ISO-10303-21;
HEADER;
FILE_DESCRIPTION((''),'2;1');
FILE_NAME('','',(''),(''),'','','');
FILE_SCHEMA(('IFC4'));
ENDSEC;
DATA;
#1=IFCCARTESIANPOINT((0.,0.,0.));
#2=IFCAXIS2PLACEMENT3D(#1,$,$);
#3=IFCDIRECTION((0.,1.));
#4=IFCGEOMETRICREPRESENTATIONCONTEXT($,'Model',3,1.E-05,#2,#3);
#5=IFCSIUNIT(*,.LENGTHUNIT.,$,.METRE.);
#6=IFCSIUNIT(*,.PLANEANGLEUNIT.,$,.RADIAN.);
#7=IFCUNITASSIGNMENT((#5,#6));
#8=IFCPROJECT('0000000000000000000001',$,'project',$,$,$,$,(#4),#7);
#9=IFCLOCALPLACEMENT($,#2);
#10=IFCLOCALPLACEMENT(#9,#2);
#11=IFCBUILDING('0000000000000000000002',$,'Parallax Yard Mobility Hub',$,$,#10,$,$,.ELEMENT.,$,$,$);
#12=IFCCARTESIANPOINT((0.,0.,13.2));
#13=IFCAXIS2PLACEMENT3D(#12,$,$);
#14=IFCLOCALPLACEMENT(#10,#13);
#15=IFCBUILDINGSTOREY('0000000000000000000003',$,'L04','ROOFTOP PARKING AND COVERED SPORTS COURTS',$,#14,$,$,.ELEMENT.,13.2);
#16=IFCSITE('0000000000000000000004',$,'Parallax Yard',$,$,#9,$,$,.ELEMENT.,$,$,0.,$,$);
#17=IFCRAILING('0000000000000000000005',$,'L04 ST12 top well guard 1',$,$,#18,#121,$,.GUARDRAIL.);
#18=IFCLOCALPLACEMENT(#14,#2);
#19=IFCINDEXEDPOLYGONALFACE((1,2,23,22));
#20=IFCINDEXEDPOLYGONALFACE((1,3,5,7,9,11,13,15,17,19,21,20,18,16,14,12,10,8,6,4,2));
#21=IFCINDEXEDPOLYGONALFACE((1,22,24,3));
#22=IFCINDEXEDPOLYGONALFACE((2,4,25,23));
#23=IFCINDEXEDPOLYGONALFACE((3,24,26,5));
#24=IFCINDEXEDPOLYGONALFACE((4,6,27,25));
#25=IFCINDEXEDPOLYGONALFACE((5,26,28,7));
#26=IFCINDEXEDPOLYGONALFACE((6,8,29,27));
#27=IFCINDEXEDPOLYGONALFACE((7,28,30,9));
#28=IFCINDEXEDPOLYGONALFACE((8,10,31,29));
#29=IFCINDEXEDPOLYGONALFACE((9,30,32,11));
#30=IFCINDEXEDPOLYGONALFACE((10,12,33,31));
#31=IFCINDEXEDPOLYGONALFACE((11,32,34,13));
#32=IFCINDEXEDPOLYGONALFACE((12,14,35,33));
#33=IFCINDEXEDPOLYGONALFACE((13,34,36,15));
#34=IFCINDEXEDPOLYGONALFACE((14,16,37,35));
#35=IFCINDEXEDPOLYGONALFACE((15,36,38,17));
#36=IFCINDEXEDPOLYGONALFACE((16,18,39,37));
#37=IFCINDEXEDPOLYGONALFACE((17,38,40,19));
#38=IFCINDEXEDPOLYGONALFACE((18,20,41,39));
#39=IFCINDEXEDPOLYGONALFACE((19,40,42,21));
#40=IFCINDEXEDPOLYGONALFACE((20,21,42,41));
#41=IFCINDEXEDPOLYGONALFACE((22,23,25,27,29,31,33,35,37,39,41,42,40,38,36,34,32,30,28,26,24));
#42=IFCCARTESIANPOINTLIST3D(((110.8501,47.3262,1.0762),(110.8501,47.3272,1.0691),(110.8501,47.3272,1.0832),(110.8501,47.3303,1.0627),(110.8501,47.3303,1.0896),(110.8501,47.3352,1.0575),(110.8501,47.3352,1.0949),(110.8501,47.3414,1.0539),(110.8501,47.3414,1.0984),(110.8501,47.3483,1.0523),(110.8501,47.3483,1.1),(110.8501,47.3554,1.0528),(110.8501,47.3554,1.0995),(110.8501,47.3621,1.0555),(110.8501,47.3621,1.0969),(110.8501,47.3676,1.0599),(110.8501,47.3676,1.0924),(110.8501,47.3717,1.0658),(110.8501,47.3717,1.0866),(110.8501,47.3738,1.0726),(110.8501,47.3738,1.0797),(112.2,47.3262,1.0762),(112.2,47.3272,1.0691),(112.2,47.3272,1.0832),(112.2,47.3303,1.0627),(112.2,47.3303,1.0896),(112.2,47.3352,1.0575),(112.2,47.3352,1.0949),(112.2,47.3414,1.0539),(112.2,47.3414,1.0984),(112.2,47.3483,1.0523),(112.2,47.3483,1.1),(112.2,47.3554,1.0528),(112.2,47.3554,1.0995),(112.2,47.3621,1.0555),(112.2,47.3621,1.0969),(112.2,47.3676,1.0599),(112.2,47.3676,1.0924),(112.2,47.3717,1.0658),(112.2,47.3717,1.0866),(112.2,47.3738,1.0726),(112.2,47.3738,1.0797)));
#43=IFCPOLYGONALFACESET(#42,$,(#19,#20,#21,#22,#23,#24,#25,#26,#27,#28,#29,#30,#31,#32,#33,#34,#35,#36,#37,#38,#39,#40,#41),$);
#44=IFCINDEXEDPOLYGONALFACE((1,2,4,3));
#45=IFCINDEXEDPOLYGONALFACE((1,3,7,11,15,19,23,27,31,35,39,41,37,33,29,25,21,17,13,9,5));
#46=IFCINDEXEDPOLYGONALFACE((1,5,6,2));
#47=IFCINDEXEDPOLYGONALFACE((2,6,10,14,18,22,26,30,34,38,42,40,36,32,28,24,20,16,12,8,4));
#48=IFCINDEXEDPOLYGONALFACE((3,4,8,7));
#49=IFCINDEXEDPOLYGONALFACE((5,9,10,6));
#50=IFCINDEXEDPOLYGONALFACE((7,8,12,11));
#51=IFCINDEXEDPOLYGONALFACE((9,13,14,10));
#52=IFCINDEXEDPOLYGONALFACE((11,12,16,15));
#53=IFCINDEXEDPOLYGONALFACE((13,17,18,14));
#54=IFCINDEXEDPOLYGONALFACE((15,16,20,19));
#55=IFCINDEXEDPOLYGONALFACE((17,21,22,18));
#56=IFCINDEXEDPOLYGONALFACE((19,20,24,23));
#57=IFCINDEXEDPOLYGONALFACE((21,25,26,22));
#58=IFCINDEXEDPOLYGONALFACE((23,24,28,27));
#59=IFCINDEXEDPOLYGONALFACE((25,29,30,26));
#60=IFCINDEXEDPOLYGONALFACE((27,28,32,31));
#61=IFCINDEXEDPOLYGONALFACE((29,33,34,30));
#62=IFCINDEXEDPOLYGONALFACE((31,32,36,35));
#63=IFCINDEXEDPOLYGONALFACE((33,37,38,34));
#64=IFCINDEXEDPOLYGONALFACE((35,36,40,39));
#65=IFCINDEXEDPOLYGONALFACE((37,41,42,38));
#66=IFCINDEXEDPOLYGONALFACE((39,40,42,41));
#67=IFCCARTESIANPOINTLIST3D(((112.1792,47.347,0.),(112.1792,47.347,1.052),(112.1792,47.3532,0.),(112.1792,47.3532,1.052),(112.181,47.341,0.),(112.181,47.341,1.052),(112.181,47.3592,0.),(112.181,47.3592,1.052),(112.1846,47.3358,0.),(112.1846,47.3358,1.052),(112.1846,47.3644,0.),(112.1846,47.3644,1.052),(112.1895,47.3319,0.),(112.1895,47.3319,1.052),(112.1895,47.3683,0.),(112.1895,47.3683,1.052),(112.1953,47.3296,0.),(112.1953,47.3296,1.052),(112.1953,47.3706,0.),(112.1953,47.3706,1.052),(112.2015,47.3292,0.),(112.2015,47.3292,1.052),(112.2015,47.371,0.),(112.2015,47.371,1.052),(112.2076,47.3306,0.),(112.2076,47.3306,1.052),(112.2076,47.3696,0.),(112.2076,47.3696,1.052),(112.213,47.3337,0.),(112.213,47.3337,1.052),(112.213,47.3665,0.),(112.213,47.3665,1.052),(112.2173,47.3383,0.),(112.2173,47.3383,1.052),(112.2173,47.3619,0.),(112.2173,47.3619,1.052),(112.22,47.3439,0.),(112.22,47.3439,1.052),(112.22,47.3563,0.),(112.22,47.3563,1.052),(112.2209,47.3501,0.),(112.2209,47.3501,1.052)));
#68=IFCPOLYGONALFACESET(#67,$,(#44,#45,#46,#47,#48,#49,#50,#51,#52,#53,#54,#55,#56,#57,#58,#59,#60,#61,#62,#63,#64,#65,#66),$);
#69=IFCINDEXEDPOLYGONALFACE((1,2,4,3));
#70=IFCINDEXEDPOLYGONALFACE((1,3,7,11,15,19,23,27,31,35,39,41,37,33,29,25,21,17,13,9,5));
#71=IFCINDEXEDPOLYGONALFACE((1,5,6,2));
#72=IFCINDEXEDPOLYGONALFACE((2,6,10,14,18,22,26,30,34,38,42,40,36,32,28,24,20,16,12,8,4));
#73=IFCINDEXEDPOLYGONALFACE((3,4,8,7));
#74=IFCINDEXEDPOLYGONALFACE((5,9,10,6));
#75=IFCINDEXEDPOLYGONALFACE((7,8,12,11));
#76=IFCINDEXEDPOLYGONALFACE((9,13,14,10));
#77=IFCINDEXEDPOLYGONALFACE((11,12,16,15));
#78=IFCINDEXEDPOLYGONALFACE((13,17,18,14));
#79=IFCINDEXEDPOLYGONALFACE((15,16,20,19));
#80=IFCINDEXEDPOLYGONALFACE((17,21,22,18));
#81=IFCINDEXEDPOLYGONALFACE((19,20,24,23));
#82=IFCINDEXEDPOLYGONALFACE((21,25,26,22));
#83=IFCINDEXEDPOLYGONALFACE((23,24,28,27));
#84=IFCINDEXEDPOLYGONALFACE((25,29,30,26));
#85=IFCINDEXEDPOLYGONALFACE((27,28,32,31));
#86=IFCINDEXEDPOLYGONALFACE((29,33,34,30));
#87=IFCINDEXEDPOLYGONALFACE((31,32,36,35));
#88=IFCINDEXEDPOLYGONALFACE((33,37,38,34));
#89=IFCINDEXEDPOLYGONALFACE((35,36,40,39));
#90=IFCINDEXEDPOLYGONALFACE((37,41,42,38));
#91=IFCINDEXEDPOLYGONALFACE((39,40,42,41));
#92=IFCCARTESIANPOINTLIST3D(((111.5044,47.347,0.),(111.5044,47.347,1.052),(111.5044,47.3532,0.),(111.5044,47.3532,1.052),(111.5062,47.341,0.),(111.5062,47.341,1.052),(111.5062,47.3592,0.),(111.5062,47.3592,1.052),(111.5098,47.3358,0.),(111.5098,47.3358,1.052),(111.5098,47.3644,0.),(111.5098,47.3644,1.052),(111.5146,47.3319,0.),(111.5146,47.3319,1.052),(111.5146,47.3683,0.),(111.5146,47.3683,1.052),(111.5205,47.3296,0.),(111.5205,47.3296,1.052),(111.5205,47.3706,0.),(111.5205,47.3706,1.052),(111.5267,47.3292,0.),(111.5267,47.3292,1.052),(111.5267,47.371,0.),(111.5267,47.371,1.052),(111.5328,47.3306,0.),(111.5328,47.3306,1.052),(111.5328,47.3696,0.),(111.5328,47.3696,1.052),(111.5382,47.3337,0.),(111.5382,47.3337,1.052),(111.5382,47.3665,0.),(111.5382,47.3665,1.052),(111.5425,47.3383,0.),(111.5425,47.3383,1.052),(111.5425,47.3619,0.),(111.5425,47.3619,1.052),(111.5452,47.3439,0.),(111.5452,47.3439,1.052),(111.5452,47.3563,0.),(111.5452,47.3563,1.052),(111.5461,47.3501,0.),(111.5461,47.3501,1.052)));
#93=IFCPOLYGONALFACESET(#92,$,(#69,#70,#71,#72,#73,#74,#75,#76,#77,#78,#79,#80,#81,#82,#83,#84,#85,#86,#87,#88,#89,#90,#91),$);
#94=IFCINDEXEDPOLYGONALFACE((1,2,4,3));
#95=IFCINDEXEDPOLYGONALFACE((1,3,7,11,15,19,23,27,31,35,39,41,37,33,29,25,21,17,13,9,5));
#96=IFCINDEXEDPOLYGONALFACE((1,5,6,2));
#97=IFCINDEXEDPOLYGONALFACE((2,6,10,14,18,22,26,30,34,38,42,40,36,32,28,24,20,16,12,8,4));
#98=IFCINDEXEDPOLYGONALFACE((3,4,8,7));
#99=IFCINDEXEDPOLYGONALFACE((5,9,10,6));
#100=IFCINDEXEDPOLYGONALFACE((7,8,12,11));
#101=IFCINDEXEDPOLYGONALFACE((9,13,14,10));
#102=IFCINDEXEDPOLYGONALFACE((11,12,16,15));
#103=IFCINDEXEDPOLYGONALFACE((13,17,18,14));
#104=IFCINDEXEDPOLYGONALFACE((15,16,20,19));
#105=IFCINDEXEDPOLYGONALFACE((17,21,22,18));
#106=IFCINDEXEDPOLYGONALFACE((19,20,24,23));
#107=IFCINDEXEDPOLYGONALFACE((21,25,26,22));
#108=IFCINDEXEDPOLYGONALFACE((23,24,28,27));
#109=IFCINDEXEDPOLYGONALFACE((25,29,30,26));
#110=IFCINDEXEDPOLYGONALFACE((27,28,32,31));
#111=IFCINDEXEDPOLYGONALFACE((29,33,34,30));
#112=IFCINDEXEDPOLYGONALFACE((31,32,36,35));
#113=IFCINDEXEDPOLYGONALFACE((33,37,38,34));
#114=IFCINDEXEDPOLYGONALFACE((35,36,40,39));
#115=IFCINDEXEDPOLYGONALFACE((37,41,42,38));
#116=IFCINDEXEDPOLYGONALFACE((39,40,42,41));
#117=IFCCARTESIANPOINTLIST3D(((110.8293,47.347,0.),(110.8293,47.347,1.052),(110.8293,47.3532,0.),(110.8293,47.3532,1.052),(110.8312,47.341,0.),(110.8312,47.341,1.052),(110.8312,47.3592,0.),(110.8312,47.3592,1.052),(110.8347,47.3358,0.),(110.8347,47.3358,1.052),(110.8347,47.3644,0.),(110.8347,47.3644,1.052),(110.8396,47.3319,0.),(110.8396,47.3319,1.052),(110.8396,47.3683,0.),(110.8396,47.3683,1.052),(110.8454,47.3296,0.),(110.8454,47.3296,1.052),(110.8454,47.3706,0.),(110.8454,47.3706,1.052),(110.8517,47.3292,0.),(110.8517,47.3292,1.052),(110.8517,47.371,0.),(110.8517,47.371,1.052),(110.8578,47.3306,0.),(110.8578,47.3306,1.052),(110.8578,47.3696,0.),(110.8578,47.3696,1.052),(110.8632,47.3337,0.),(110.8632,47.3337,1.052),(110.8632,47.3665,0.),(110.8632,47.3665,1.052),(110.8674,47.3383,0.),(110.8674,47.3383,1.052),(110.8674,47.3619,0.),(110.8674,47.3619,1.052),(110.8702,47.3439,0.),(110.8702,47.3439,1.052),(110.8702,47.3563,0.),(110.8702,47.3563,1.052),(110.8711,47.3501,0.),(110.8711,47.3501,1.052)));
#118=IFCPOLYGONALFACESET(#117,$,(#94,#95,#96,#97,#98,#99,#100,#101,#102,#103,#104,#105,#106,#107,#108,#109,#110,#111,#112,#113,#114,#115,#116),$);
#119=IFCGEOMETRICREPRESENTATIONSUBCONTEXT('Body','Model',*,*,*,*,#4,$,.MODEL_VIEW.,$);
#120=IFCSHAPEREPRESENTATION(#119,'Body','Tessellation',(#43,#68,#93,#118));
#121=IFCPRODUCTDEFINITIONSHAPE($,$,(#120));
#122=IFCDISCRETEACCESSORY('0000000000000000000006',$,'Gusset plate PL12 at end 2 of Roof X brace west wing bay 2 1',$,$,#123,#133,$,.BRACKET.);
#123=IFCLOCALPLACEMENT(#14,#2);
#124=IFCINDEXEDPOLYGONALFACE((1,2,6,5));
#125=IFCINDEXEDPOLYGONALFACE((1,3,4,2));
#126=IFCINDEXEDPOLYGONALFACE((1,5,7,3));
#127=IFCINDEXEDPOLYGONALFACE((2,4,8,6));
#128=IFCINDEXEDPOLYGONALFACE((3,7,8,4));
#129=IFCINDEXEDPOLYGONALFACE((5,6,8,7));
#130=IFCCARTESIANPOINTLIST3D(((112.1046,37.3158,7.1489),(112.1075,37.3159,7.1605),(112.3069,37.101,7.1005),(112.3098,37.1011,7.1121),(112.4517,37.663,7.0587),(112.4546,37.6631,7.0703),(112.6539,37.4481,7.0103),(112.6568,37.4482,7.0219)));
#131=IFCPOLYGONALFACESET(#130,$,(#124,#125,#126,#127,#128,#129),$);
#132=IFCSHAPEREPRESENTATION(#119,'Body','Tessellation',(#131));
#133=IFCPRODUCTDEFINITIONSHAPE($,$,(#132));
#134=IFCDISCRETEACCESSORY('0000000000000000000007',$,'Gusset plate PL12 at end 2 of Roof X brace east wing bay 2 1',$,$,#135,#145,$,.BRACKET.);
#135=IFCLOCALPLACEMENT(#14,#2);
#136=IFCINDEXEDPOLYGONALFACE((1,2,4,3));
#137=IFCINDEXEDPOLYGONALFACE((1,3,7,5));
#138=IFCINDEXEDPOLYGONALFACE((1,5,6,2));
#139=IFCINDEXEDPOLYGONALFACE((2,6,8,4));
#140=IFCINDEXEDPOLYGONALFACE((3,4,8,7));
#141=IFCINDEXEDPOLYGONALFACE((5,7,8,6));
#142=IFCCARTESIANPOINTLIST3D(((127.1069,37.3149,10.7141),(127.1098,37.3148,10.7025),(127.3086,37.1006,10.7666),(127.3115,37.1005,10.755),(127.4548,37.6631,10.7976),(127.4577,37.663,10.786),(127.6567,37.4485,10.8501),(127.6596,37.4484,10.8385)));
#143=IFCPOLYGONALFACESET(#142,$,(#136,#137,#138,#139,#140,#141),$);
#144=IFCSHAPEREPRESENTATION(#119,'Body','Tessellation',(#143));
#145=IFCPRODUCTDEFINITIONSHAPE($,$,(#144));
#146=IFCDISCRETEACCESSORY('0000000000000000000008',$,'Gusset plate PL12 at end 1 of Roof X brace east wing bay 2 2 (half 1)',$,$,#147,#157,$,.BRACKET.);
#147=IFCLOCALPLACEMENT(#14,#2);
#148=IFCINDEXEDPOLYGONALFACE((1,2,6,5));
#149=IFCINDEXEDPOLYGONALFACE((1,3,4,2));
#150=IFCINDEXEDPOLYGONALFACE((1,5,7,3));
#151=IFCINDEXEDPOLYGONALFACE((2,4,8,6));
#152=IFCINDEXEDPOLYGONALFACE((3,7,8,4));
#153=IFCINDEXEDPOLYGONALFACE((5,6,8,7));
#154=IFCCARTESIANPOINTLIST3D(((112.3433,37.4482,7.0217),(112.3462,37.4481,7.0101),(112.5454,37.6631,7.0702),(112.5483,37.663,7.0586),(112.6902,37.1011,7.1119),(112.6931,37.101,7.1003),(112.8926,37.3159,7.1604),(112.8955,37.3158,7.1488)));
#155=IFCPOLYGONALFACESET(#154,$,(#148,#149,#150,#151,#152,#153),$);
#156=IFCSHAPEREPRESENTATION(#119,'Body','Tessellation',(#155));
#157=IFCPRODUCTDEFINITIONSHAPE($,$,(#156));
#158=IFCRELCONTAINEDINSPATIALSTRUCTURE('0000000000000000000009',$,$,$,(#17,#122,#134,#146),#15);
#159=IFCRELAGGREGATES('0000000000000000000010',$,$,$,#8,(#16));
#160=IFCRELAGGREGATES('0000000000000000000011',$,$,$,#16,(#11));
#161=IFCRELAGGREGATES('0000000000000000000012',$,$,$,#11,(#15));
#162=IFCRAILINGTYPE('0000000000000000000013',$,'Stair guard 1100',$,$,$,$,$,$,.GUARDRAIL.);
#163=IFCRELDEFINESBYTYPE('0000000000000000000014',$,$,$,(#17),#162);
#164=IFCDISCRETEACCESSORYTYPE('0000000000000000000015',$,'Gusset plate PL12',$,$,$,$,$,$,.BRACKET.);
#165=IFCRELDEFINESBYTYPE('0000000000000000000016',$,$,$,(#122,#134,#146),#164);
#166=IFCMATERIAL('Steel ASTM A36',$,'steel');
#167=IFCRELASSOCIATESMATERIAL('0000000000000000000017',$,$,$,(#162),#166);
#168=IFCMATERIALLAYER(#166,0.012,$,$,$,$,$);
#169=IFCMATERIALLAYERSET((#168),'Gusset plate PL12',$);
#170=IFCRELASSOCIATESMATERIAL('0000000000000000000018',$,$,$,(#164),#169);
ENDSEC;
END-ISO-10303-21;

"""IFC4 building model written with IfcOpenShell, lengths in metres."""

from ifc_helpers import new_model, si_unit, direction, frame, origin, origin_2d, place, context, subcontext, project, spatial, polyline, circle, outline, extrude, material, layer, layer_set, type_object, element, save


model = new_model("IFC4")

# Units and contexts
model_context = context("Model", 3, precision=1e-05, world=origin(), true_north=direction((0.0, 1.0)))
body_context = subcontext(model_context, "Body", "Model", "MODEL_VIEW")
ifc_project = project(units=[si_unit("LENGTHUNIT", "METRE"), si_unit("PLANEANGLEUNIT", "RADIAN")], contexts=[model_context])

# Site, building, storey
site_placement = place(None, origin())
site = spatial("IfcSite", under=ifc_project, at=site_placement, Name="Parallax Yard", CompositionType="ELEMENT", RefElevation=0.0)
building_placement = place(site_placement, origin())
building = spatial("IfcBuilding", under=site, at=building_placement, Name="Parallax Yard Mobility Hub", CompositionType="ELEMENT")
storey_placement = place(building_placement, frame((0.0, 0.0, 13.2)))
storey = spatial("IfcBuildingStorey", under=building, at=storey_placement, Name="L04", Description="ROOFTOP PARKING AND COVERED SPORTS COURTS", CompositionType="ELEMENT", Elevation=13.2)

# Railing
ifc_material_1 = material(Name="Steel ASTM A36", Category="steel")
railing_type_1 = type_object("IfcRailingType", Name="Stair guard 1100", PredefinedType="GUARDRAIL", material=ifc_material_1)
railing_1_placement = place(storey_placement, frame((112.2, 47.3501, 0.0)))
element("IfcRailing", 1, at=railing_1_placement, inside=storey, type_object=railing_type_1, Name="L04 ST12 top well guard 1", PredefinedType="GUARDRAIL", context=body_context, shape_type="SweptSolid", body=[
    extrude(circle(Radius=0.0239, at=origin_2d()), frame((0.0, 0.0, 1.0762), z_axis=(-1.0, 0.0, 0.0), x_axis=(0.0, -1.0, 0.0)), (0.0, 0.0, 1.0), 1.3499),
    extrude(circle(Radius=0.021, at=origin_2d()), origin(), (0.0, 0.0, 1.0), 1.052),
    extrude(circle(Radius=0.021, at=origin_2d()), frame((-0.6748, 0.0, 0.0)), (0.0, 0.0, 1.0), 1.052),
    extrude(circle(Radius=0.021, at=origin_2d()), frame((-1.3499, 0.0, 0.0)), (0.0, 0.0, 1.0), 1.052),
])

# Discrete accessories
ifc_layer_1 = layer(ifc_material_1, 0.012)
ifc_layer_set_1 = layer_set([ifc_layer_1], Name="Gusset plate PL12")
discrete_accessory_type = type_object("IfcDiscreteAccessoryType", Name="Gusset plate PL12", PredefinedType="BRACKET", material=ifc_layer_set_1)
discrete_accessory_1_placement = place(storey_placement, frame((112.3098, 37.1011, 7.1121), z_axis=(0.242587, 0.00957, 0.970083), x_axis=(0.695253, 0.695674, -0.180724)))
element("IfcDiscreteAccessory", 2, at=discrete_accessory_1_placement, inside=storey, type_object=discrete_accessory_type, Name="Gusset plate PL12 at end 2 of Roof X brace west wing bay 2 1", PredefinedType="BRACKET", context=body_context, shape_type="SweptSolid", body=[
    extrude(outline(polyline([(0.0, 0.0), (0.499, 0.0), (0.4992, 0.299), (0.0, 0.2991), (0.0, 0.0)])), origin(), (0.0, 0.0, -1.0), 0.012),
])
discrete_accessory_2_placement = place(storey_placement, frame((127.3086, 37.1006, 10.7666), z_axis=(-0.242265, 0.009508, 0.970163), x_axis=(0.697376, 0.696902, 0.167316)))
element("IfcDiscreteAccessory", 3, at=discrete_accessory_2_placement, inside=storey, type_object=discrete_accessory_type, Name="Gusset plate PL12 at end 2 of Roof X brace east wing bay 2 1", PredefinedType="BRACKET", context=body_context, shape_type="SweptSolid", body=[
    extrude(outline(polyline([(0.0, 0.0), (0.4992, 0.0), (0.4992, 0.2993), (0.0, 0.2989), (0.0, 0.0)])), origin(), (0.0, 0.0, -1.0), 0.012),
])
discrete_accessory_3_placement = place(storey_placement, frame((112.8926, 37.3159, 7.1604), z_axis=(-0.242587, 0.00957, 0.970083), x_axis=(-0.695424, 0.695493, -0.180764)))
element("IfcDiscreteAccessory", 4, at=discrete_accessory_3_placement, inside=storey, type_object=discrete_accessory_type, Name="Gusset plate PL12 at end 1 of Roof X brace east wing bay 2 2 (half 1)", PredefinedType="BRACKET", context=body_context, shape_type="SweptSolid", body=[
    extrude(outline(polyline([(0.0, 0.0), (0.4992, 0.0), (0.4991, 0.299), (0.0001, 0.2991), (0.0, 0.0)])), origin(), (0.0, 0.0, -1.0), 0.012),
])

save(model, "model.ifc")
